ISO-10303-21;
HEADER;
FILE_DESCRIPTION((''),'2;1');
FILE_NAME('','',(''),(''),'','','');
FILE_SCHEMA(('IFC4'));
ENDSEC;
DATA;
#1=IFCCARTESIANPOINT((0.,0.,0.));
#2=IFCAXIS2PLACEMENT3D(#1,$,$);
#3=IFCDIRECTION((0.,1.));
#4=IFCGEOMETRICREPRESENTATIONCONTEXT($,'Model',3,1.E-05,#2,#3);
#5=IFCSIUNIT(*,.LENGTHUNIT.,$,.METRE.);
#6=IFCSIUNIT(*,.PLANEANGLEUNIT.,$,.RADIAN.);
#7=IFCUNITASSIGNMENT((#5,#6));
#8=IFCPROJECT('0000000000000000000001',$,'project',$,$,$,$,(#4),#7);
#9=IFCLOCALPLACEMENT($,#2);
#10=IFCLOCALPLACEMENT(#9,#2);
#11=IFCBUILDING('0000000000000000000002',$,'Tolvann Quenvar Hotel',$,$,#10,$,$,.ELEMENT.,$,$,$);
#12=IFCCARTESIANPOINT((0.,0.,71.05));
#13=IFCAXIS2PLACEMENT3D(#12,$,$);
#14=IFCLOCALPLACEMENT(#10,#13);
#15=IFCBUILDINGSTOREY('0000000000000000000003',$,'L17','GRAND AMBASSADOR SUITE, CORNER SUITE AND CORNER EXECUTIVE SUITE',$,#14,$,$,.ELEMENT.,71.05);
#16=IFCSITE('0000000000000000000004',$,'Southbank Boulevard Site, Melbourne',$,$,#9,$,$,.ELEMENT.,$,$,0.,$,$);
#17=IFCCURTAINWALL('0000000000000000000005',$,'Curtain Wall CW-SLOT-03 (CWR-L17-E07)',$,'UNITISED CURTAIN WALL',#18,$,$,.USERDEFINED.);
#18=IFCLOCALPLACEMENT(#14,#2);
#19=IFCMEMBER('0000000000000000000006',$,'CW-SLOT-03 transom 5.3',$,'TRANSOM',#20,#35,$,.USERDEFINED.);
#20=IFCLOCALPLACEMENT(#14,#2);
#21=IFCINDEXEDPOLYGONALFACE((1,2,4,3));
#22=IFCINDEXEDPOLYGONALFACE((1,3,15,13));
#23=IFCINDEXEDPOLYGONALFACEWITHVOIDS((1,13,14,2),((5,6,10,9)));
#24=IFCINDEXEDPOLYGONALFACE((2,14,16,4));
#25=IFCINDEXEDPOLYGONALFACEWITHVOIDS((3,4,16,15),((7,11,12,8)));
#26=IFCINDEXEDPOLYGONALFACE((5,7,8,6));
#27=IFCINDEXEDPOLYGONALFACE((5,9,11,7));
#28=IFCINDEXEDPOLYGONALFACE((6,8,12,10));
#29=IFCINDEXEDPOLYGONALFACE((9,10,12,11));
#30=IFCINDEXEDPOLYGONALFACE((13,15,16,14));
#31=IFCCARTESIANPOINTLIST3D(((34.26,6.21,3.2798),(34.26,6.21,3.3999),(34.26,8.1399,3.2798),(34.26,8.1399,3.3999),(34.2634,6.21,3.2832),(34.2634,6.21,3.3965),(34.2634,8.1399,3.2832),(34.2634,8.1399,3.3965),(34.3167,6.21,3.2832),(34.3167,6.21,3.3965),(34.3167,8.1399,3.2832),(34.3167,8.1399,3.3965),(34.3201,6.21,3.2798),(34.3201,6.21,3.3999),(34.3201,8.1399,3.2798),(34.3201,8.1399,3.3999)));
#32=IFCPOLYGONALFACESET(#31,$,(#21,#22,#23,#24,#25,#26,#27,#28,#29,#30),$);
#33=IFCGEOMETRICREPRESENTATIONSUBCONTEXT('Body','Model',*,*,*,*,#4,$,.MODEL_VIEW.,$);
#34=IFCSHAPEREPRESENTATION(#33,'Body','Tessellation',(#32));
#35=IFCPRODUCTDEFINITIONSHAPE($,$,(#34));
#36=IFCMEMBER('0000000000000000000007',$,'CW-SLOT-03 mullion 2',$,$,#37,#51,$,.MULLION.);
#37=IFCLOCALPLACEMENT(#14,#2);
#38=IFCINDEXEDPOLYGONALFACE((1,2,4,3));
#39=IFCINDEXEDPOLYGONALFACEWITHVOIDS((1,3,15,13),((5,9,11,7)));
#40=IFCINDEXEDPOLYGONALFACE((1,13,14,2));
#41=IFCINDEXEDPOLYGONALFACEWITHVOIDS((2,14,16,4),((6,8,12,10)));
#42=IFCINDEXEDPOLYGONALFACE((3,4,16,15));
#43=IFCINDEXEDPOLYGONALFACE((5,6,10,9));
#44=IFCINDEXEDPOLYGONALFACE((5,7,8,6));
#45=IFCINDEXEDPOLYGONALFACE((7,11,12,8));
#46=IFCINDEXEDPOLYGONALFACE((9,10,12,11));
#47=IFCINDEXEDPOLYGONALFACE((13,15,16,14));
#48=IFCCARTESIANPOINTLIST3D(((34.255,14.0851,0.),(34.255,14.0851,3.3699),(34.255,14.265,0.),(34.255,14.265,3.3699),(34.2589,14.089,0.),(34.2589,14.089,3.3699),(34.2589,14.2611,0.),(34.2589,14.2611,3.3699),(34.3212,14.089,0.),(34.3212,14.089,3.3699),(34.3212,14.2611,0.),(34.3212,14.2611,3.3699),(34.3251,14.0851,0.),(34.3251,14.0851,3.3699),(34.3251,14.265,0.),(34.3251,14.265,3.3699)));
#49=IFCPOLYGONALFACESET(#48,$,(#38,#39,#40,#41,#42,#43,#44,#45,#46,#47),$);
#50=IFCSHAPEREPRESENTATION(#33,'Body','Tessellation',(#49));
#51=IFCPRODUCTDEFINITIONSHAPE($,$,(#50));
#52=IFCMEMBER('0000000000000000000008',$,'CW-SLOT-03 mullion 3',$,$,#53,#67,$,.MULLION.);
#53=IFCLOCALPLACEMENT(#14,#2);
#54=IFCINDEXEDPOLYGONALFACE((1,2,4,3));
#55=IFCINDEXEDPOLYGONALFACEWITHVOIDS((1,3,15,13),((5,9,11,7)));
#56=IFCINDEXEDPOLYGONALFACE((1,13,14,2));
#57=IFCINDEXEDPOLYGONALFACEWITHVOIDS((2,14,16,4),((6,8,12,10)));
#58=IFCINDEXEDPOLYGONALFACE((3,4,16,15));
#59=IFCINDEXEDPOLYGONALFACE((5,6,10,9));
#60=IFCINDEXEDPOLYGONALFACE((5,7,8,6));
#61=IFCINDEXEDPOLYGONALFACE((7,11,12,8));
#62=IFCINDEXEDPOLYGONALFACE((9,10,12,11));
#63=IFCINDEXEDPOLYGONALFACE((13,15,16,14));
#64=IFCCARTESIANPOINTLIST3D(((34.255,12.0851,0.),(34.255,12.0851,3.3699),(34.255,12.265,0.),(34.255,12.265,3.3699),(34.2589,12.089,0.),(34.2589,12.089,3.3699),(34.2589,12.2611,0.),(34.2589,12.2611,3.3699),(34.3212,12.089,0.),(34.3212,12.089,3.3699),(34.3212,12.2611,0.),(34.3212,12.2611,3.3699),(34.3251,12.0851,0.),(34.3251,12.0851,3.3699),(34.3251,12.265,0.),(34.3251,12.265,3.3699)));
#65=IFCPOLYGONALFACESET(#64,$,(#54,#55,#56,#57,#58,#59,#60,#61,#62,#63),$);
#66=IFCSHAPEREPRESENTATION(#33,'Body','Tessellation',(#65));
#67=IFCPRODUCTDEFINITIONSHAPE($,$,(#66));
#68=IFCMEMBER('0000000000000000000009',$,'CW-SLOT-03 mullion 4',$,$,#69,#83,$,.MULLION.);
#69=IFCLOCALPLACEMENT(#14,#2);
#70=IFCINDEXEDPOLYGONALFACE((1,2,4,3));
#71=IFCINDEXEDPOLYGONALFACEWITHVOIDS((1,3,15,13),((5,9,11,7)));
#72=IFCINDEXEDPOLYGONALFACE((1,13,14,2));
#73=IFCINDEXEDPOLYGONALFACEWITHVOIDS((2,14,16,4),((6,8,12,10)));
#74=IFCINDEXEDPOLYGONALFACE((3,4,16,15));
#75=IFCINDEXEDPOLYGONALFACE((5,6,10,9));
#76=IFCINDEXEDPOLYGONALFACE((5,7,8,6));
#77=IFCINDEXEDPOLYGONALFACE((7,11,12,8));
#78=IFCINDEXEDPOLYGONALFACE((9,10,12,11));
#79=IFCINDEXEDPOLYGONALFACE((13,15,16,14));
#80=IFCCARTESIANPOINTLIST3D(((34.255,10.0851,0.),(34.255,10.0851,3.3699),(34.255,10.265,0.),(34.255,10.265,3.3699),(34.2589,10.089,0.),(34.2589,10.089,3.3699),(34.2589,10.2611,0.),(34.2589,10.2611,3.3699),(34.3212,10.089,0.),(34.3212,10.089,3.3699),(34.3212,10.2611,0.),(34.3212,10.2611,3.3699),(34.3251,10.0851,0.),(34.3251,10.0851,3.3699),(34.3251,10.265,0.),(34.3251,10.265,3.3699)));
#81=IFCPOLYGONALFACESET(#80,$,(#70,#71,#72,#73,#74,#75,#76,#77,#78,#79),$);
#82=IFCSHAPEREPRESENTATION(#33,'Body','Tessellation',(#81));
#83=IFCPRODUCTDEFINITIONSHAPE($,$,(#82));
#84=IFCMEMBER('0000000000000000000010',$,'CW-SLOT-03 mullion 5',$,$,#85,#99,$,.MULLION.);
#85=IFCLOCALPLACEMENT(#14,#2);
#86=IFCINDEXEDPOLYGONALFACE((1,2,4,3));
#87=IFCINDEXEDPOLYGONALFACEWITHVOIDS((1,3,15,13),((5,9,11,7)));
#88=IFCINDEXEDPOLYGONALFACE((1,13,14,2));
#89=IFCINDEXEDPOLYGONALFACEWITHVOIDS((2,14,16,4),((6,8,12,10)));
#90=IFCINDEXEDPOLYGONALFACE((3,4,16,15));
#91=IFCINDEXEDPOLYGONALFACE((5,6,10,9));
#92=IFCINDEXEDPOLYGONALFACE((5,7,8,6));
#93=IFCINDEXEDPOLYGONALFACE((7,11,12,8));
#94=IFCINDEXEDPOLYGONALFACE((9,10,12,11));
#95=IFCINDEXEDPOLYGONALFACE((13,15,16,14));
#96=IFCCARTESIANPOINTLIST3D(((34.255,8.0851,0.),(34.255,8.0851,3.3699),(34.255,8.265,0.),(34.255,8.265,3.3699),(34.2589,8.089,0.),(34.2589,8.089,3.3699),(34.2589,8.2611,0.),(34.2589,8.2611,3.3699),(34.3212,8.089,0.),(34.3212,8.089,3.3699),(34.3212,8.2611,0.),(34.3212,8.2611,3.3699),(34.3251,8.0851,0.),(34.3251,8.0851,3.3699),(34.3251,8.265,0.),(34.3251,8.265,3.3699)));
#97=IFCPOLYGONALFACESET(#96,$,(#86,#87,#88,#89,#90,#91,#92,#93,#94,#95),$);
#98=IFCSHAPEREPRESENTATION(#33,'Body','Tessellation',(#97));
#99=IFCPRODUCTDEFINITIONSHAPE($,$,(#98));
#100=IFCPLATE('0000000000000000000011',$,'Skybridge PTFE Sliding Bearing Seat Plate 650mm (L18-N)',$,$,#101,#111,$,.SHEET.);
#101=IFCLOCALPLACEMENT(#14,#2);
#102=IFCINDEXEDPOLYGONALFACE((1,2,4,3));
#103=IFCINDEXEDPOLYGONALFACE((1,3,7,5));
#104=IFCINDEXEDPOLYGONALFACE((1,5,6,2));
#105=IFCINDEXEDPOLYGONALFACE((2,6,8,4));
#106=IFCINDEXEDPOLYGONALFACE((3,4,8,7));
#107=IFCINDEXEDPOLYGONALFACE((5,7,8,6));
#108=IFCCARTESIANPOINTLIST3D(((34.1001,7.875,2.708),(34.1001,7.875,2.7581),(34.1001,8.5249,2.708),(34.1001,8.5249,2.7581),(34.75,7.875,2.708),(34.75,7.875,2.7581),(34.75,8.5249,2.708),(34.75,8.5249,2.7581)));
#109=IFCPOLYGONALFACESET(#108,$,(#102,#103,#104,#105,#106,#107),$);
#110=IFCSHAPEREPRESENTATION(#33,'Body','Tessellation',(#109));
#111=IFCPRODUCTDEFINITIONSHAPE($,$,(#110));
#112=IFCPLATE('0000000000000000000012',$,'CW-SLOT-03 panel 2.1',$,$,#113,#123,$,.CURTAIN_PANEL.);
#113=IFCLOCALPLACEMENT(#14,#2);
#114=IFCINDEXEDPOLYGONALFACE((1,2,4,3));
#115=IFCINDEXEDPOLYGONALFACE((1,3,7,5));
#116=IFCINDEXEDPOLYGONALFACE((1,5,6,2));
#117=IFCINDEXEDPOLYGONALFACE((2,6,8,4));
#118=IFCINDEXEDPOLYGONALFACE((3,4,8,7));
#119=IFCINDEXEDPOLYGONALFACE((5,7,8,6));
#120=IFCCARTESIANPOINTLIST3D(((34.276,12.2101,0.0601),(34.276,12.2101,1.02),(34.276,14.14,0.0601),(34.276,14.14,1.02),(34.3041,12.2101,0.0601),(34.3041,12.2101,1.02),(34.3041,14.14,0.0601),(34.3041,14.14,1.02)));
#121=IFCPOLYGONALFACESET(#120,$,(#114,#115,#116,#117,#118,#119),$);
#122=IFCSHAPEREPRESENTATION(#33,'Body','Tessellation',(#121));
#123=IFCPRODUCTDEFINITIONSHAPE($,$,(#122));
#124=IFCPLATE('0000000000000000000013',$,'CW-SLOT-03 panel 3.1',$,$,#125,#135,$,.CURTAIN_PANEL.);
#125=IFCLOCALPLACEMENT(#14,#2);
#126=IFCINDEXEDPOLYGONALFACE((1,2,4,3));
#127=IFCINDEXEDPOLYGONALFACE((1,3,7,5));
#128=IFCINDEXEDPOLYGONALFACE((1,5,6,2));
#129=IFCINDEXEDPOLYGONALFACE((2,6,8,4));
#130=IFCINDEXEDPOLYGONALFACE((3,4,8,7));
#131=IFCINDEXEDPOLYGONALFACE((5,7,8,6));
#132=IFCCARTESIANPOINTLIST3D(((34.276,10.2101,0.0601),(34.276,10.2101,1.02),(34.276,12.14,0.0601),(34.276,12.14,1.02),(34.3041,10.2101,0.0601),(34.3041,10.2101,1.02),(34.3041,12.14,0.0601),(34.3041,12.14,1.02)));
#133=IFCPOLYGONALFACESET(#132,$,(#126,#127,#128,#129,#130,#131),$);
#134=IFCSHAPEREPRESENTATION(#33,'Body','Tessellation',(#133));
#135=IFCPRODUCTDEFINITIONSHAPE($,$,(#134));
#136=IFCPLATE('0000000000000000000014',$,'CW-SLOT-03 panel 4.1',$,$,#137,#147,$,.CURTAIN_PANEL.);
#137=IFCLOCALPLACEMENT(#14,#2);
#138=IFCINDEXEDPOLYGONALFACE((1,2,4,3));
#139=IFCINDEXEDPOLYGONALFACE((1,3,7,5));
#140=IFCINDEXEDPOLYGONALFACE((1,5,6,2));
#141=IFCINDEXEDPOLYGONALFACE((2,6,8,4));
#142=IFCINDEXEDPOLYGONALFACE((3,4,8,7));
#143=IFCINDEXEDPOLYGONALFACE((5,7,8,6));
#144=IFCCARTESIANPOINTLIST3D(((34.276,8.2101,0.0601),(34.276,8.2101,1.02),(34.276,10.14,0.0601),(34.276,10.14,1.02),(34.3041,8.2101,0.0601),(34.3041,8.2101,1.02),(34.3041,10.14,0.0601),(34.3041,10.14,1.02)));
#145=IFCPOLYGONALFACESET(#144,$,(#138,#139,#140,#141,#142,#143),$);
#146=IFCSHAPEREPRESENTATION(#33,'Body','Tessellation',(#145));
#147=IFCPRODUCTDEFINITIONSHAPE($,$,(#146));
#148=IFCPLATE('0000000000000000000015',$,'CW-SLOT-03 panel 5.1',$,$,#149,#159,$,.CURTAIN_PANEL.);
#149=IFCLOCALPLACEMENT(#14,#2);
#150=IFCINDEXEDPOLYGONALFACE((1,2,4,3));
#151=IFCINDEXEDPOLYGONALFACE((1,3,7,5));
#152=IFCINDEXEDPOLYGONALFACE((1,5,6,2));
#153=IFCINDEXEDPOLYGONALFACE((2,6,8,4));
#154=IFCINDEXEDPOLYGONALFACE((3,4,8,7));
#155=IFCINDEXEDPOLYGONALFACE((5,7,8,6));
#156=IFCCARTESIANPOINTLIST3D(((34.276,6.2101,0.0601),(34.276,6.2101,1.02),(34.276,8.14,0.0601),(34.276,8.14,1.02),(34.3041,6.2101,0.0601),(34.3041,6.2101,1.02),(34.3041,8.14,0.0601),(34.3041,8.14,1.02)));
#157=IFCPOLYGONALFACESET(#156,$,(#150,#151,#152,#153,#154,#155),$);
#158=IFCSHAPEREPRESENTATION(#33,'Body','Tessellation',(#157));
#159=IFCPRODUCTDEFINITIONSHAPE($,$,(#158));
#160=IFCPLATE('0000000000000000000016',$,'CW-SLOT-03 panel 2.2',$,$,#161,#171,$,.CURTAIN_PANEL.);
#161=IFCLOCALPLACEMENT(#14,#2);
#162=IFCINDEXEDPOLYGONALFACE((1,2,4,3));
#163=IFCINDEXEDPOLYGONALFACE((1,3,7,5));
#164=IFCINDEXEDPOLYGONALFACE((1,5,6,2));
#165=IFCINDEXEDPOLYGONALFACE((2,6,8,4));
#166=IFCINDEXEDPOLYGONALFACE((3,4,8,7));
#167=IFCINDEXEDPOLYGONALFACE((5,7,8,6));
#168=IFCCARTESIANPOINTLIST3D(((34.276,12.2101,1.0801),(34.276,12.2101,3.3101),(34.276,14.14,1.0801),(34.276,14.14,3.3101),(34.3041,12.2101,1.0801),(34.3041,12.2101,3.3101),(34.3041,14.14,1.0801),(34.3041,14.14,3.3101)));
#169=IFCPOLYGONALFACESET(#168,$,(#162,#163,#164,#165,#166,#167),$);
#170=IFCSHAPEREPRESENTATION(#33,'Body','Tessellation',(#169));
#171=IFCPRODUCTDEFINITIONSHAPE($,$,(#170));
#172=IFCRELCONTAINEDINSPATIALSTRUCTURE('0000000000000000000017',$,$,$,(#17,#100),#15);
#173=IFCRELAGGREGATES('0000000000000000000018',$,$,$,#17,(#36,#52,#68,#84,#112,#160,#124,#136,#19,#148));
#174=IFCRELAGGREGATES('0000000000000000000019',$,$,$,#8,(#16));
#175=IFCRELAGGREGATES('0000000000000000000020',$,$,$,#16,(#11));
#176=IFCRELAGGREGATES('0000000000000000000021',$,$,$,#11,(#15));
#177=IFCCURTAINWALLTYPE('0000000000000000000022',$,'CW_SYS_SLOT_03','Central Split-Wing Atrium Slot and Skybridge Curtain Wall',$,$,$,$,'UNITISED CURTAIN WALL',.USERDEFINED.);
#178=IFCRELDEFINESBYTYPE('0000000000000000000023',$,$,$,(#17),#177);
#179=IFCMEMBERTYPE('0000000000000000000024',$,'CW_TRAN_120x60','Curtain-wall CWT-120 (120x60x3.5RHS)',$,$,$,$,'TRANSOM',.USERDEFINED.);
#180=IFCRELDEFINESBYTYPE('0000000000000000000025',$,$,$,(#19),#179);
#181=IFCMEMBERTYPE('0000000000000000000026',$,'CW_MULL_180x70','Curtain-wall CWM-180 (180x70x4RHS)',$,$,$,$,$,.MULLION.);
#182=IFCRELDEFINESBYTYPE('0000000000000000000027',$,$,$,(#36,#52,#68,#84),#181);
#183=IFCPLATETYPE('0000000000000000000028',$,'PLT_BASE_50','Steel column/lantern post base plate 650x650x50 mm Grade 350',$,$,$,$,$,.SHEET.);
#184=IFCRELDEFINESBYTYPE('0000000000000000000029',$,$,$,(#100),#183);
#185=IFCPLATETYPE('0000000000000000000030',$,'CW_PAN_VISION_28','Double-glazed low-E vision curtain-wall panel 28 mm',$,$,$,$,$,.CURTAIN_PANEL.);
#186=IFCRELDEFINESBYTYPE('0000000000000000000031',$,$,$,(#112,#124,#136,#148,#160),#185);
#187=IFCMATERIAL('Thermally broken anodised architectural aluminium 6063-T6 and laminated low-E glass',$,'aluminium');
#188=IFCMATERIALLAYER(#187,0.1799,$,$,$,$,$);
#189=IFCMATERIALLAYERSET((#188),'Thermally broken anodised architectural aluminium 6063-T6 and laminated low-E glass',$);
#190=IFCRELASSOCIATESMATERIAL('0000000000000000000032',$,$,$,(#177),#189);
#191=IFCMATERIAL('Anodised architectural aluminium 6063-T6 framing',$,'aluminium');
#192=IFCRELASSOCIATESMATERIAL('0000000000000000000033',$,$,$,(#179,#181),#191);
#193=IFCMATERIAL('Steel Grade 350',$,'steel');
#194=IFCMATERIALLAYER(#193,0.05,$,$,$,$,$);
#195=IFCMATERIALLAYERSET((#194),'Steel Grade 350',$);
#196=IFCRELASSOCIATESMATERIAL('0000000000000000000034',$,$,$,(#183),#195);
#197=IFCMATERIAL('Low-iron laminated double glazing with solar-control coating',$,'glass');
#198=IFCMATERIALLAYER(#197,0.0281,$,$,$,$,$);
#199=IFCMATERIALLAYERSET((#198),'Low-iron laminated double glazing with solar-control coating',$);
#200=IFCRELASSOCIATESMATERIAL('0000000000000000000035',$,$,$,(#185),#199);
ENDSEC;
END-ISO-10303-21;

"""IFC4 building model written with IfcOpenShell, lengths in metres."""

from ifc_helpers import new_model, si_unit, direction, frame, origin, origin_2d, place, context, subcontext, project, spatial, rectangle, hollow_rectangle, extrude, source, transform, mapped, material, layer, layer_set, material_profile, profile_set, type_object, type_shapes, element, aggregate, save


model = new_model("IFC4")

# Units and contexts
model_context = context("Model", 3, precision=1e-05, world=origin(), true_north=direction((0.0, 1.0)))
body_context = subcontext(model_context, "Body", "Model", "MODEL_VIEW")
ifc_project = project(units=[si_unit("LENGTHUNIT", "METRE"), si_unit("PLANEANGLEUNIT", "RADIAN")], contexts=[model_context])

# Site, building, storey
site_placement = place(None, origin())
site = spatial("IfcSite", under=ifc_project, at=site_placement, Name="Southbank Boulevard Site, Melbourne", CompositionType="ELEMENT", RefElevation=0.0)
building_placement = place(site_placement, origin())
building = spatial("IfcBuilding", under=site, at=building_placement, Name="Tolvann Quenvar Hotel", CompositionType="ELEMENT")
storey_placement = place(building_placement, frame((0.0, 0.0, 71.05)))
storey = spatial("IfcBuildingStorey", under=building, at=storey_placement, Name="L17", Description="GRAND AMBASSADOR SUITE, CORNER SUITE AND CORNER EXECUTIVE SUITE", CompositionType="ELEMENT", Elevation=71.05)

# Curtain wall, members
ifc_material_1 = material(Name="Thermally broken anodised architectural aluminium 6063-T6 and laminated low-E glass", Category="aluminium")
ifc_layer_1 = layer(ifc_material_1, 0.1799)
ifc_layer_set_1 = layer_set([ifc_layer_1], Name="Thermally broken anodised architectural aluminium 6063-T6 and laminated low-E glass")
curtain_wall_type = type_object("IfcCurtainWallType", Name="CW_SYS_SLOT_03", Description="Central Split-Wing Atrium Slot and Skybridge Curtain Wall", ElementType="UNITISED CURTAIN WALL", PredefinedType="USERDEFINED", material=ifc_layer_set_1)
curtain_wall_placement = place(storey_placement, origin())
curtain_wall = element("IfcCurtainWall", 1, at=curtain_wall_placement, inside=storey, type_object=curtain_wall_type, Name="Curtain Wall CW-SLOT-03 (CWR-L17-E07)", ObjectType="UNITISED CURTAIN WALL", PredefinedType="USERDEFINED")
ifc_material_2 = material(Name="Anodised architectural aluminium 6063-T6 framing", Category="aluminium")
ifc_material_profile_1 = material_profile(ifc_material_2, hollow_rectangle(XDim=0.0601, YDim=0.1201, WallThickness=0.0034, at=origin_2d()), Name="120x60x3.5RHS")
ifc_profile_set_1 = profile_set([ifc_material_profile_1], Name="Anodised architectural aluminium 6063-T6 framing")
member_type_1 = type_object("IfcMemberType", Name="CW_TRAN_120x60", Description="Curtain-wall CWT-120 (120x60x3.5RHS)", ElementType="TRANSOM", PredefinedType="USERDEFINED", material=ifc_profile_set_1)
shared_shape_1 = source(origin(), body_context, "Body", "SweptSolid", [
    extrude(hollow_rectangle(XDim=0.0601, YDim=0.1201, WallThickness=0.0034, at=origin_2d()), origin(), (0.0, 0.0, 1.0), 1.9299),
])
type_shapes(member_type_1, [shared_shape_1])
member_1_placement = place(storey_placement, frame((34.29, 8.1399, 3.3398), z_axis=(0.0, -1.0, 0.0), x_axis=(1.0, 0.0, 0.0)))
member_1 = element("IfcMember", 2, at=member_1_placement, type_object=member_type_1, Name="CW-SLOT-03 transom 5.3", ObjectType="TRANSOM", PredefinedType="USERDEFINED", context=body_context, shape_type="MappedRepresentation", body=[
    mapped(shared_shape_1, transform((0.0, 0.0, 0.0), x_axis=(1.0, 0.0, 0.0), y_axis=(0.0, 1.0, 0.0), z_axis=(0.0, 0.0, 1.0), scale=1.0)),
])
ifc_material_profile_2 = material_profile(ifc_material_2, hollow_rectangle(XDim=0.0701, YDim=0.1799, WallThickness=0.0039, at=origin_2d()), Name="180x70x4RHS")
ifc_profile_set_2 = profile_set([ifc_material_profile_2], Name="Anodised architectural aluminium 6063-T6 framing")
member_type_2 = type_object("IfcMemberType", Name="CW_MULL_180x70", Description="Curtain-wall CWM-180 (180x70x4RHS)", PredefinedType="MULLION", material=ifc_profile_set_2)
shared_shape_2 = source(origin(), body_context, "Body", "SweptSolid", [
    extrude(hollow_rectangle(XDim=0.0701, YDim=0.1799, WallThickness=0.0039, at=origin_2d()), origin(), (0.0, 0.0, 1.0), 3.3699),
])
type_shapes(member_type_2, [shared_shape_2])
member_2_placement = place(storey_placement, frame((34.29, 14.175, 0.0), z_axis=(0.0, 0.0, 1.0), x_axis=(1.0, 0.0, 0.0)))
member_2 = element("IfcMember", 3, at=member_2_placement, type_object=member_type_2, Name="CW-SLOT-03 mullion 2", PredefinedType="MULLION", context=body_context, shape_type="MappedRepresentation", body=[
    mapped(shared_shape_2, transform((0.0, 0.0, 0.0), x_axis=(1.0, 0.0, 0.0), y_axis=(0.0, 1.0, 0.0), z_axis=(0.0, 0.0, 1.0), scale=1.0)),
])
member_3_placement = place(storey_placement, frame((34.29, 12.175, 0.0), z_axis=(0.0, 0.0, 1.0), x_axis=(1.0, 0.0, 0.0)))
member_3 = element("IfcMember", 4, at=member_3_placement, type_object=member_type_2, Name="CW-SLOT-03 mullion 3", PredefinedType="MULLION", context=body_context, shape_type="MappedRepresentation", body=[
    mapped(shared_shape_2, transform((0.0, 0.0, 0.0), x_axis=(1.0, 0.0, 0.0), y_axis=(0.0, 1.0, 0.0), z_axis=(0.0, 0.0, 1.0), scale=1.0)),
])
member_4_placement = place(storey_placement, frame((34.29, 10.175, 0.0), z_axis=(0.0, 0.0, 1.0), x_axis=(1.0, 0.0, 0.0)))
member_4 = element("IfcMember", 5, at=member_4_placement, type_object=member_type_2, Name="CW-SLOT-03 mullion 4", PredefinedType="MULLION", context=body_context, shape_type="MappedRepresentation", body=[
    mapped(shared_shape_2, transform((0.0, 0.0, 0.0), x_axis=(1.0, 0.0, 0.0), y_axis=(0.0, 1.0, 0.0), z_axis=(0.0, 0.0, 1.0), scale=1.0)),
])
member_5_placement = place(storey_placement, frame((34.29, 8.175, 0.0), z_axis=(0.0, 0.0, 1.0), x_axis=(1.0, 0.0, 0.0)))
member_5 = element("IfcMember", 6, at=member_5_placement, type_object=member_type_2, Name="CW-SLOT-03 mullion 5", PredefinedType="MULLION", context=body_context, shape_type="MappedRepresentation", body=[
    mapped(shared_shape_2, transform((0.0, 0.0, 0.0), x_axis=(1.0, 0.0, 0.0), y_axis=(0.0, 1.0, 0.0), z_axis=(0.0, 0.0, 1.0), scale=1.0)),
])

# Plates
ifc_material_3 = material(Name="Steel Grade 350", Category="steel")
ifc_layer_2 = layer(ifc_material_3, 0.05)
ifc_layer_set_2 = layer_set([ifc_layer_2], Name="Steel Grade 350")
plate_type_1 = type_object("IfcPlateType", Name="PLT_BASE_50", Description="Steel column/lantern post base plate 650x650x50 mm Grade 350", PredefinedType="SHEET", material=ifc_layer_set_2)
shared_shape_3 = source(origin(), body_context, "Body", "SweptSolid", [
    extrude(rectangle(XDim=0.6499, YDim=0.6499, at=origin_2d()), origin(), (0.0, 0.0, 1.0), 0.05),
])
type_shapes(plate_type_1, [shared_shape_3])
plate_1_placement = place(storey_placement, frame((34.425, 8.2, 2.708), z_axis=(0.0, 0.0, 1.0), x_axis=(1.0, 0.0, 0.0)))
element("IfcPlate", 7, at=plate_1_placement, inside=storey, type_object=plate_type_1, Name="Skybridge PTFE Sliding Bearing Seat Plate 650mm (L18-N)", PredefinedType="SHEET", context=body_context, shape_type="MappedRepresentation", body=[
    mapped(shared_shape_3, transform((0.0, 0.0, 0.0), x_axis=(1.0, 0.0, 0.0), y_axis=(0.0, 1.0, 0.0), z_axis=(0.0, 0.0, 1.0), scale=1.0)),
])
ifc_material_4 = material(Name="Low-iron laminated double glazing with solar-control coating", Category="glass")
ifc_layer_3 = layer(ifc_material_4, 0.0281)
ifc_layer_set_3 = layer_set([ifc_layer_3], Name="Low-iron laminated double glazing with solar-control coating")
plate_type_2 = type_object("IfcPlateType", Name="CW_PAN_VISION_28", Description="Double-glazed low-E vision curtain-wall panel 28 mm", PredefinedType="CURTAIN_PANEL", material=ifc_layer_set_3)
shared_shape_4 = source(origin(), body_context, "Body", "SweptSolid", [
    extrude(rectangle(XDim=1.9299, YDim=0.0281, at=origin_2d()), origin(), (0.0, 0.0, 1.0), 0.96),
])
plate_2_placement = place(storey_placement, frame((34.29, 13.175, 0.0601), z_axis=(0.0, 0.0, 1.0), x_axis=(0.0, -1.0, 0.0)))
plate_2 = element("IfcPlate", 8, at=plate_2_placement, type_object=plate_type_2, Name="CW-SLOT-03 panel 2.1", PredefinedType="CURTAIN_PANEL", context=body_context, shape_type="MappedRepresentation", body=[
    mapped(shared_shape_4, transform((0.0, 0.0, 0.0), x_axis=(1.0, 0.0, 0.0), y_axis=(0.0, 1.0, 0.0), z_axis=(0.0, 0.0, 1.0), scale=1.0)),
])
plate_3_placement = place(storey_placement, frame((34.29, 11.175, 0.0601), z_axis=(0.0, 0.0, 1.0), x_axis=(0.0, -1.0, 0.0)))
plate_3 = element("IfcPlate", 9, at=plate_3_placement, type_object=plate_type_2, Name="CW-SLOT-03 panel 3.1", PredefinedType="CURTAIN_PANEL", context=body_context, shape_type="MappedRepresentation", body=[
    mapped(shared_shape_4, transform((0.0, 0.0, 0.0), x_axis=(1.0, 0.0, 0.0), y_axis=(0.0, 1.0, 0.0), z_axis=(0.0, 0.0, 1.0), scale=1.0)),
])
plate_4_placement = place(storey_placement, frame((34.29, 9.175, 0.0601), z_axis=(0.0, 0.0, 1.0), x_axis=(0.0, -1.0, 0.0)))
plate_4 = element("IfcPlate", 10, at=plate_4_placement, type_object=plate_type_2, Name="CW-SLOT-03 panel 4.1", PredefinedType="CURTAIN_PANEL", context=body_context, shape_type="MappedRepresentation", body=[
    mapped(shared_shape_4, transform((0.0, 0.0, 0.0), x_axis=(1.0, 0.0, 0.0), y_axis=(0.0, 1.0, 0.0), z_axis=(0.0, 0.0, 1.0), scale=1.0)),
])
plate_5_placement = place(storey_placement, frame((34.29, 7.175, 0.0601), z_axis=(0.0, 0.0, 1.0), x_axis=(0.0, -1.0, 0.0)))
plate_5 = element("IfcPlate", 11, at=plate_5_placement, type_object=plate_type_2, Name="CW-SLOT-03 panel 5.1", PredefinedType="CURTAIN_PANEL", context=body_context, shape_type="MappedRepresentation", body=[
    mapped(shared_shape_4, transform((0.0, 0.0, 0.0), x_axis=(1.0, 0.0, 0.0), y_axis=(0.0, 1.0, 0.0), z_axis=(0.0, 0.0, 1.0), scale=1.0)),
])
shared_shape_5 = source(origin(), body_context, "Body", "SweptSolid", [
    extrude(rectangle(XDim=1.9299, YDim=0.0281, at=origin_2d()), origin(), (0.0, 0.0, 1.0), 2.23),
])
type_shapes(plate_type_2, [shared_shape_4, shared_shape_5])
plate_6_placement = place(storey_placement, frame((34.29, 13.175, 1.0801), z_axis=(0.0, 0.0, 1.0), x_axis=(0.0, -1.0, 0.0)))
plate_6 = element("IfcPlate", 12, at=plate_6_placement, type_object=plate_type_2, Name="CW-SLOT-03 panel 2.2", PredefinedType="CURTAIN_PANEL", context=body_context, shape_type="MappedRepresentation", body=[
    mapped(shared_shape_5, transform((0.0, 0.0, 0.0), x_axis=(1.0, 0.0, 0.0), y_axis=(0.0, 1.0, 0.0), z_axis=(0.0, 0.0, 1.0), scale=1.0)),
])
aggregate(curtain_wall, [member_2, member_3, member_4, member_5, plate_2, plate_6, plate_3, plate_4, member_1, plate_5])

save(model, "model.ifc")
